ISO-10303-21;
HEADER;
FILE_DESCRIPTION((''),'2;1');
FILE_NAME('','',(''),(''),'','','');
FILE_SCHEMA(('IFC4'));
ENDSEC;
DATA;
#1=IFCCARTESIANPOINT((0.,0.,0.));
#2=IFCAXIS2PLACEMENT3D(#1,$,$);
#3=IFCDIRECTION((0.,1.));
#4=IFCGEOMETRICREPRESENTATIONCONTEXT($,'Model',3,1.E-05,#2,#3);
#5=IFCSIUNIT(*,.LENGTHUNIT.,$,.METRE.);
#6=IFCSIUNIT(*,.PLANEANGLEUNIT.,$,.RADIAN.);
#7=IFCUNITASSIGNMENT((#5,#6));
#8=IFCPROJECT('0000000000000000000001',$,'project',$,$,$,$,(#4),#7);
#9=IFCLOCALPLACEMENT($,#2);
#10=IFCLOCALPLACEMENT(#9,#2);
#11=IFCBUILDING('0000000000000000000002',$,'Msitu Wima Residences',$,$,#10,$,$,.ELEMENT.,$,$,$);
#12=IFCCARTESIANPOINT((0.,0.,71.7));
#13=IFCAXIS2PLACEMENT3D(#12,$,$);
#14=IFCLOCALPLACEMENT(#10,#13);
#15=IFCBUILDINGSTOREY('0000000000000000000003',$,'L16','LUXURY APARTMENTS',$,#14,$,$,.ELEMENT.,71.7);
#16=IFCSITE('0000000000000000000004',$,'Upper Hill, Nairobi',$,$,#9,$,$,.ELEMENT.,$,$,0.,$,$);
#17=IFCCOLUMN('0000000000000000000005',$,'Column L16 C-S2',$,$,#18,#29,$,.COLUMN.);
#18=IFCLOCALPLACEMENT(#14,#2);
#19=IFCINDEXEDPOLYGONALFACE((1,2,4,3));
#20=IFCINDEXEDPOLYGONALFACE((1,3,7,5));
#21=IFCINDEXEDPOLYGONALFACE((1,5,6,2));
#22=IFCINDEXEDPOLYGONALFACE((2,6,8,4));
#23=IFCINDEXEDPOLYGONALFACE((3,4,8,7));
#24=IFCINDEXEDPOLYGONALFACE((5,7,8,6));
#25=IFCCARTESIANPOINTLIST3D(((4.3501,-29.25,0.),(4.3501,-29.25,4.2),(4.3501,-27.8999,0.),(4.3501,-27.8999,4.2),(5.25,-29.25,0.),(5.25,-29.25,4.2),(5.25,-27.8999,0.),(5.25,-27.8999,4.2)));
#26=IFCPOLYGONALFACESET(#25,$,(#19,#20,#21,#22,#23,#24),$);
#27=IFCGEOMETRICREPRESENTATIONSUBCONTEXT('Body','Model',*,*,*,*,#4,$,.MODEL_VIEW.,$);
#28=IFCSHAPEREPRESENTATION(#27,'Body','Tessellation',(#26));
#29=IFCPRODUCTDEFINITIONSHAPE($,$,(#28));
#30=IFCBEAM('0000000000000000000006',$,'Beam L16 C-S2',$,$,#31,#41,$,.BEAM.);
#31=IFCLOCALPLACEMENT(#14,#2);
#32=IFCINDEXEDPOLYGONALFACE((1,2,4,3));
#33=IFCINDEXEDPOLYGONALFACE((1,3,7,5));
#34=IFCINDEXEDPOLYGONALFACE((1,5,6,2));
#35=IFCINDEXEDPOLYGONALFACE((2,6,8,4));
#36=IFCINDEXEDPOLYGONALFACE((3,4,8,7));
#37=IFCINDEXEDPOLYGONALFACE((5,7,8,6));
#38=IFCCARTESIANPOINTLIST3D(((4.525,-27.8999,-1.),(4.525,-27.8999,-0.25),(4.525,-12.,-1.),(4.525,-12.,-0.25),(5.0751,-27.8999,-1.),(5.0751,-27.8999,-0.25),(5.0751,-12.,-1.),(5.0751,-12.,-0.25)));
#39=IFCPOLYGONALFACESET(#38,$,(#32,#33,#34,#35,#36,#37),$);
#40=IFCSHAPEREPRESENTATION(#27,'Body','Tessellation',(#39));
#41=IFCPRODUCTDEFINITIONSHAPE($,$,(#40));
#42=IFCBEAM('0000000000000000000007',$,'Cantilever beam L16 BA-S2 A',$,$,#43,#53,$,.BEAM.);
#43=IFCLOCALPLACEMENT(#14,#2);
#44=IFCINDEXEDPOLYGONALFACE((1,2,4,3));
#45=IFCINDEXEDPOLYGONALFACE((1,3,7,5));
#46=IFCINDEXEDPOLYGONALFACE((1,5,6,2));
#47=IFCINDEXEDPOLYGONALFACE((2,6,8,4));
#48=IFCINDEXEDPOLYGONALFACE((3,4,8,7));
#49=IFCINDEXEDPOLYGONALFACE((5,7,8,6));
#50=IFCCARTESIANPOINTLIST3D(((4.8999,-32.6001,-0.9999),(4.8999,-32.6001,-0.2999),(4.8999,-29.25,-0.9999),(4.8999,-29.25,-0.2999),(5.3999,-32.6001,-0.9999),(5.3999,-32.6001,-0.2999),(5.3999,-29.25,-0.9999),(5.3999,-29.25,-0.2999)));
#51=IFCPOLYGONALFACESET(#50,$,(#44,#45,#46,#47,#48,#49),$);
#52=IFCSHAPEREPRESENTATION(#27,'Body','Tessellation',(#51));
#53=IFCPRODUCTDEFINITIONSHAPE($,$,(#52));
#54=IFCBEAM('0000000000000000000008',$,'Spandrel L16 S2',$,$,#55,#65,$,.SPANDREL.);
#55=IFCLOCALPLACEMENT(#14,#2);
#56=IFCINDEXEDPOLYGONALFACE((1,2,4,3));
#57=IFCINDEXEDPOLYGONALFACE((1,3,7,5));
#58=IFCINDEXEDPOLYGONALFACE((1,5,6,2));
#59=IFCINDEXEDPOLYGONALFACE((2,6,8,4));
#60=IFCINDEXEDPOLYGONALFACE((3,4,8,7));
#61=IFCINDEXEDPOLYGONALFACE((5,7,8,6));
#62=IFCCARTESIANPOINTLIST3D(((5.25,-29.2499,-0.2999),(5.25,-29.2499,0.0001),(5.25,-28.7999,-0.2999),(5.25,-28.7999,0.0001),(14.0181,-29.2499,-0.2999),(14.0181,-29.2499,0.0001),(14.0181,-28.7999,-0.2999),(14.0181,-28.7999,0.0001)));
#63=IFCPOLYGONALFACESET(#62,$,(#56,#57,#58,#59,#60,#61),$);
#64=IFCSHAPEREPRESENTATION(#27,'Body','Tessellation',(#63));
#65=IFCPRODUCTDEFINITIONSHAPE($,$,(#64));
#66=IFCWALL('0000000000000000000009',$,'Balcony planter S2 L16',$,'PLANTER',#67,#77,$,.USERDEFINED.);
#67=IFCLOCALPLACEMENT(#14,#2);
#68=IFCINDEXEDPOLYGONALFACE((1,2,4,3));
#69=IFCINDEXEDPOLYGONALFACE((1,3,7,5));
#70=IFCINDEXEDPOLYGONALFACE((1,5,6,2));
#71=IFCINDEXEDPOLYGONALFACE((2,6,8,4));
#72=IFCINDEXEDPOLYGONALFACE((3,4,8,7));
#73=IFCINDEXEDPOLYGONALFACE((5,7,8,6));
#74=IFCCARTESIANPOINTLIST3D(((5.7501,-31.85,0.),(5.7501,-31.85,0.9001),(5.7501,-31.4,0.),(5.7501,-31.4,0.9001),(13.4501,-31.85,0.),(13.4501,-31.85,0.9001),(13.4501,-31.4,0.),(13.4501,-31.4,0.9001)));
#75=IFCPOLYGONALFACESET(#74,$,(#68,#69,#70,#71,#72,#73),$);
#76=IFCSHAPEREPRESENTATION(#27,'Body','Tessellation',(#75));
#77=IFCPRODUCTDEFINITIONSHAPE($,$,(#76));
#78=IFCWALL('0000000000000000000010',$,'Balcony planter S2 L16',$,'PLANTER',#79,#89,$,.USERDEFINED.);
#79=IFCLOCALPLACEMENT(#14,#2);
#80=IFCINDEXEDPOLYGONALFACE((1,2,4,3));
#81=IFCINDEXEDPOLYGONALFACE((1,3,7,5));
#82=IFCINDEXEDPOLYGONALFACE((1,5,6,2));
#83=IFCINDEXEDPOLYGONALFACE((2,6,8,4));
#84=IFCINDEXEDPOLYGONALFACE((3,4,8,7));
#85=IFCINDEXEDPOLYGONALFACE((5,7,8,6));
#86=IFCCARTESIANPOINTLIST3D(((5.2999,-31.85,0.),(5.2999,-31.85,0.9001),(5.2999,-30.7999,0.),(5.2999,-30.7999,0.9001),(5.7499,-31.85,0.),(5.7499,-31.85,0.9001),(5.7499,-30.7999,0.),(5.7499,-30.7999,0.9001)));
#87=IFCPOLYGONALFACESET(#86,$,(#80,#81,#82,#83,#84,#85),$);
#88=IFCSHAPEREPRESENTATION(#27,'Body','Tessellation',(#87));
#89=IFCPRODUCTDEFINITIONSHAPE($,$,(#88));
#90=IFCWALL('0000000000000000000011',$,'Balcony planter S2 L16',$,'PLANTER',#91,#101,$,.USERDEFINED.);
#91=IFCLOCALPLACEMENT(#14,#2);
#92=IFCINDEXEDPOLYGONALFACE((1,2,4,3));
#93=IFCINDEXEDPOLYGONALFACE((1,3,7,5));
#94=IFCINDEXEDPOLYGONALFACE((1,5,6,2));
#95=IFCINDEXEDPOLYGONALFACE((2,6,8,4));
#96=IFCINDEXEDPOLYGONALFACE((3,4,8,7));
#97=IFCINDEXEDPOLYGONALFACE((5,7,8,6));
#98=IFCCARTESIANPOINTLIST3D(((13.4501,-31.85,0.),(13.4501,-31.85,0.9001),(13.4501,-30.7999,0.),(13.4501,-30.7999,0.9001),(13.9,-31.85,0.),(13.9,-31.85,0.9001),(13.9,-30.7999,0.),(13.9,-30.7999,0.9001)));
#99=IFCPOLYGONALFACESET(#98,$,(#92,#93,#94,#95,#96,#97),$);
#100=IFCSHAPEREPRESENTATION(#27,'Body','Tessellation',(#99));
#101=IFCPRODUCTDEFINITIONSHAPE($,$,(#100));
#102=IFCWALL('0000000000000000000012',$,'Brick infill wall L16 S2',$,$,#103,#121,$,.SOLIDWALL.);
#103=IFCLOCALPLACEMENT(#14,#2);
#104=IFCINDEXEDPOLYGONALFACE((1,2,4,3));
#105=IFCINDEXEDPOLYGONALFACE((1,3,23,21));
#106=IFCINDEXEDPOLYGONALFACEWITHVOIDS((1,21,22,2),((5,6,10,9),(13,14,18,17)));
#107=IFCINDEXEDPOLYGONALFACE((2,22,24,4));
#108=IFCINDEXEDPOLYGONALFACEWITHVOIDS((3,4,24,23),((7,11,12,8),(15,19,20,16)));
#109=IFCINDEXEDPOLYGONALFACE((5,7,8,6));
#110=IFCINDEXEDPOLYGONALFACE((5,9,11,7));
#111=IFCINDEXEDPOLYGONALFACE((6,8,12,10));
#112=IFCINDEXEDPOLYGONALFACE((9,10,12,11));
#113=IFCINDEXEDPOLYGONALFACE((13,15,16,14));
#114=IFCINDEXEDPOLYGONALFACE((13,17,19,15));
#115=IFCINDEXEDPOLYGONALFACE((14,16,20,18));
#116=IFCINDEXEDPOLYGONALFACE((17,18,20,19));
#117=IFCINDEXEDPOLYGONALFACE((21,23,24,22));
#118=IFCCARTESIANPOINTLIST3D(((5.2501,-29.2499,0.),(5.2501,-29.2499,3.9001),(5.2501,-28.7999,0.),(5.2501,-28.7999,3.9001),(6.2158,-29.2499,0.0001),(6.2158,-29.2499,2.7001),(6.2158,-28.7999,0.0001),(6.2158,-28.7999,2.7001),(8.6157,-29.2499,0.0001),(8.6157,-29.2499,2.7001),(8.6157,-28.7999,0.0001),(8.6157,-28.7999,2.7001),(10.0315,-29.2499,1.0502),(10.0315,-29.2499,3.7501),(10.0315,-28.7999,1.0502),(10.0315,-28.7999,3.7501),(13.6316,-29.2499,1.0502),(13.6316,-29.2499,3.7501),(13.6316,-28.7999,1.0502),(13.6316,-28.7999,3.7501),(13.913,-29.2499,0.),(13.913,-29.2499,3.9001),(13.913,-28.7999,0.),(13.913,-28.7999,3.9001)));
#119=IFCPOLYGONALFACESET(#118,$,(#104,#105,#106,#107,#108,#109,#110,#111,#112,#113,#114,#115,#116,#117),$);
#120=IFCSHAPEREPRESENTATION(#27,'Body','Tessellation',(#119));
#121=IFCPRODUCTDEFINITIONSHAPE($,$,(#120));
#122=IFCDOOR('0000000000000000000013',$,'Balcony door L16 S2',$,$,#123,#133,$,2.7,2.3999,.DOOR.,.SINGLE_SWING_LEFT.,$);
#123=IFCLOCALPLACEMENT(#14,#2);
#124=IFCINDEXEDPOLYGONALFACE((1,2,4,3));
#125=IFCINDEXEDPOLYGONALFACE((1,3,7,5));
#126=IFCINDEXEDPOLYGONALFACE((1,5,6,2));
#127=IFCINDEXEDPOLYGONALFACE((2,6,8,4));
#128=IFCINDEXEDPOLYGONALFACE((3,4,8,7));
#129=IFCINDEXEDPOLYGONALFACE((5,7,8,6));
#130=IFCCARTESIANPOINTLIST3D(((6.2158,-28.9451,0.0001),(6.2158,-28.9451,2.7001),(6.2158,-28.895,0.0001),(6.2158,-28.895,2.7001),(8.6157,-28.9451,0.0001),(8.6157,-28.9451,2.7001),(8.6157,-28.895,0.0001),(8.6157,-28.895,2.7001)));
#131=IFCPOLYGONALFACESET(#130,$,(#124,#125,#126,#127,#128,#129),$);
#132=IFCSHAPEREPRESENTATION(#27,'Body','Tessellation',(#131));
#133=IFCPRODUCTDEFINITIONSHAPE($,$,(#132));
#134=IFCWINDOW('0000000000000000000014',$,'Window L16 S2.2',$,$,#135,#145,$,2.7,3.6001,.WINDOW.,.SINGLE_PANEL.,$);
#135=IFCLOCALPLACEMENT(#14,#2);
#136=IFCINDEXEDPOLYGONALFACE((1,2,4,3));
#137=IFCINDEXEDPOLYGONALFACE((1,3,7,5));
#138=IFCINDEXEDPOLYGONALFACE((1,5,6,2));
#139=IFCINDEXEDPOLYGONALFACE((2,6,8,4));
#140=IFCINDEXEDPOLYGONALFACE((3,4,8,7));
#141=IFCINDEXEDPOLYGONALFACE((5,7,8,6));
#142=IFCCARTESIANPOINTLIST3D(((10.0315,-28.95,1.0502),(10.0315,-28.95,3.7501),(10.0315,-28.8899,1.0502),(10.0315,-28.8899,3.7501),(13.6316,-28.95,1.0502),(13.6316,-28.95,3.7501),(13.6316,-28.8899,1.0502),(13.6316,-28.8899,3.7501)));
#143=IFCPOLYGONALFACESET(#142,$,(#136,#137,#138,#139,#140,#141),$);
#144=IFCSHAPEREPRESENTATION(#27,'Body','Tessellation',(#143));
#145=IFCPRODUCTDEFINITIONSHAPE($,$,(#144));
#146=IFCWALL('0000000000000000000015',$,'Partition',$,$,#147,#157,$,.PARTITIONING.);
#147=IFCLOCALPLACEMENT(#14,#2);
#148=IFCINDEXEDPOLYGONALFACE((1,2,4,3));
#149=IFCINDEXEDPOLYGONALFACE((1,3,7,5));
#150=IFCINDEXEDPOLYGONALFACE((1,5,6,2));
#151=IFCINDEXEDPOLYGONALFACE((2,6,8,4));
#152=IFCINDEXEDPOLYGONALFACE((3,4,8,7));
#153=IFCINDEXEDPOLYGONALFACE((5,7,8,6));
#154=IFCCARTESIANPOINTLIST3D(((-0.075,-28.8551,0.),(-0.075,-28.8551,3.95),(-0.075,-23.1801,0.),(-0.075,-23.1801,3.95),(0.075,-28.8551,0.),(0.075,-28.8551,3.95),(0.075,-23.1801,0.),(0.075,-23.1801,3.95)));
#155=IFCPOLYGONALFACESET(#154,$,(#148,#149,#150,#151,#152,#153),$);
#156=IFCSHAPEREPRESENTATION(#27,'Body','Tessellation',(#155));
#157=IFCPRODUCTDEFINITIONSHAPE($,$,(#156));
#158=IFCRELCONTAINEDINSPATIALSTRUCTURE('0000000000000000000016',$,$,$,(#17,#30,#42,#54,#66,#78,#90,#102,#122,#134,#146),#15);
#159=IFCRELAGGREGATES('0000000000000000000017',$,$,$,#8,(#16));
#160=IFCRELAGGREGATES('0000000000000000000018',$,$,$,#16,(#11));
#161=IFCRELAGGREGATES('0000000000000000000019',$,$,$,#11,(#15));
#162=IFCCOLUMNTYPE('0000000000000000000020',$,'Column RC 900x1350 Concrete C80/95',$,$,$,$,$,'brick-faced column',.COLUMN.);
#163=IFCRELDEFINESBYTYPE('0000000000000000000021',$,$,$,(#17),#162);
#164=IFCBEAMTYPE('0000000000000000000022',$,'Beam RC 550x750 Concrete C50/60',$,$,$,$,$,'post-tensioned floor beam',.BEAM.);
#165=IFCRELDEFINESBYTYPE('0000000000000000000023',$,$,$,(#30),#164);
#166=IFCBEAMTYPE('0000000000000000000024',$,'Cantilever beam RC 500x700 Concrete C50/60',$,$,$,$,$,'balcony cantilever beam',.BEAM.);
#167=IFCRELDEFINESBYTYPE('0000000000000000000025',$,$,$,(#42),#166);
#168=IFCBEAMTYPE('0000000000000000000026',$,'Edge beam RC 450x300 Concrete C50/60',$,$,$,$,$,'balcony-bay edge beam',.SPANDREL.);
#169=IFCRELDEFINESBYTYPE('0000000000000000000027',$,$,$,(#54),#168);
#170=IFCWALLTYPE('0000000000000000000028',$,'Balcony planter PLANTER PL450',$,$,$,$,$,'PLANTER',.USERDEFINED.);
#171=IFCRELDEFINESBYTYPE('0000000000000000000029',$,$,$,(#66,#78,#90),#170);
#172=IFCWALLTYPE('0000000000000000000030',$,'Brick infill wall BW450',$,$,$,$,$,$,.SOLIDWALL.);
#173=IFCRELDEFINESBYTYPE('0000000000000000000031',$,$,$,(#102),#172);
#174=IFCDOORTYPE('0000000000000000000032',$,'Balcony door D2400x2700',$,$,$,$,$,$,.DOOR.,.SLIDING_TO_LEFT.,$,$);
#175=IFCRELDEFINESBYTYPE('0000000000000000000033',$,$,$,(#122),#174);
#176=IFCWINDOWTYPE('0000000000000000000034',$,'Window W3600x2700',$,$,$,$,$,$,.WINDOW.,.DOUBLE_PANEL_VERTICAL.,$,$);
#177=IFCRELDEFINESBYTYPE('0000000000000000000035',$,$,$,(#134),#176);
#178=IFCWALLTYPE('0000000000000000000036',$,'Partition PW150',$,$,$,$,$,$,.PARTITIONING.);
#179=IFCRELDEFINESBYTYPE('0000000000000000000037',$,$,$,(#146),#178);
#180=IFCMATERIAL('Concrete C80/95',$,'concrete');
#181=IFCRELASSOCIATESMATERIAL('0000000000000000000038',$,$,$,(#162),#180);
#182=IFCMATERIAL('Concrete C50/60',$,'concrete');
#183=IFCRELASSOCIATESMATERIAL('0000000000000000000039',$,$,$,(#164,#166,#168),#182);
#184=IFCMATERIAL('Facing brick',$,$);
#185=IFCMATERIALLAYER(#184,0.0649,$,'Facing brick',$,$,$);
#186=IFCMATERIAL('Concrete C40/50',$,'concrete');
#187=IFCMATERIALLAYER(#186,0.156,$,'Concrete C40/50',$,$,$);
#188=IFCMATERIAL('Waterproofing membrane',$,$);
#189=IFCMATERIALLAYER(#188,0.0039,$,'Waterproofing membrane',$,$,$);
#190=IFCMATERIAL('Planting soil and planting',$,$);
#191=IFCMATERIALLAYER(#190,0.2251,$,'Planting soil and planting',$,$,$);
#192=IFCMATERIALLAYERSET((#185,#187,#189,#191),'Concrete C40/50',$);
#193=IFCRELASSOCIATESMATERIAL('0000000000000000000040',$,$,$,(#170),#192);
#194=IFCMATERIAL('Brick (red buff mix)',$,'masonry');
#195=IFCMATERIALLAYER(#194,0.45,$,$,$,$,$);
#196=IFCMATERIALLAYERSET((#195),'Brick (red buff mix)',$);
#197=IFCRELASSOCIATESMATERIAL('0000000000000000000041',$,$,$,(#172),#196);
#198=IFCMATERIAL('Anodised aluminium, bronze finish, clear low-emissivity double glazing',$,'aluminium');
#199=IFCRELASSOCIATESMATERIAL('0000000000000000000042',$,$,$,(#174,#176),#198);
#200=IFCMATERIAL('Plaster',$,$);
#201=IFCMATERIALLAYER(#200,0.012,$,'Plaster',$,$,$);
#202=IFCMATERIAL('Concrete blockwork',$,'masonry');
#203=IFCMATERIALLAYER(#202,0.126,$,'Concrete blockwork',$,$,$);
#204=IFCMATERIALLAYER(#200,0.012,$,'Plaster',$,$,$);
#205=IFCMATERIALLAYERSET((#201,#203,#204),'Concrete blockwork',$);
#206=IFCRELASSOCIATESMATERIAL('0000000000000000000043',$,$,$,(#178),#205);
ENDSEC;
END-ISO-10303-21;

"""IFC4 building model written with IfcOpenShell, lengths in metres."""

from ifc_helpers import new_model, si_unit, direction, frame, frame_2d, origin, origin_2d, place, context, subcontext, project, spatial, rectangle, extrude, material, layer, layer_set, material_profile, profile_set, type_object, element, fill, save


model = new_model("IFC4")

# Units and contexts
model_context = context("Model", 3, precision=1e-05, world=origin(), true_north=direction((0.0, 1.0)))
body_context = subcontext(model_context, "Body", "Model", "MODEL_VIEW")
ifc_project = project(units=[si_unit("LENGTHUNIT", "METRE"), si_unit("PLANEANGLEUNIT", "RADIAN")], contexts=[model_context])

# Site, building, storey
site_placement = place(None, origin())
site = spatial("IfcSite", under=ifc_project, at=site_placement, Name="Upper Hill, Nairobi", CompositionType="ELEMENT", RefElevation=0.0)
building_placement = place(site_placement, origin())
building = spatial("IfcBuilding", under=site, at=building_placement, Name="Msitu Wima Residences", CompositionType="ELEMENT")
storey_placement = place(building_placement, frame((0.0, 0.0, 71.7)))
storey = spatial("IfcBuildingStorey", under=building, at=storey_placement, Name="L16", Description="LUXURY APARTMENTS", CompositionType="ELEMENT", Elevation=71.7)

# Column
ifc_material_1 = material(Name="Concrete C80/95", Category="concrete")
ifc_material_profile_1 = material_profile(ifc_material_1, rectangle(XDim=0.8999, YDim=1.3501, at=origin_2d()), Name="RC 900x1350")
ifc_profile_set_1 = profile_set([ifc_material_profile_1], Name="Concrete C80/95")
column_type = type_object("IfcColumnType", Name="Column RC 900x1350 Concrete C80/95", ElementType="brick-faced column", PredefinedType="COLUMN", material=ifc_profile_set_1)
column_placement = place(storey_placement, frame((4.8, -28.575, 0.0), z_axis=(0.0, 0.0, 1.0), x_axis=(1.0, 0.0, 0.0)))
element("IfcColumn", 1, at=column_placement, inside=storey, type_object=column_type, Name="Column L16 C-S2", PredefinedType="COLUMN", context=body_context, shape_type="SweptSolid", body=[
    extrude(rectangle(XDim=0.8999, YDim=1.3501, at=origin_2d()), origin(), (0.0, 0.0, 1.0), 4.2),
])

# Beams
ifc_material_2 = material(Name="Concrete C50/60", Category="concrete")
ifc_material_profile_2 = material_profile(ifc_material_2, rectangle(XDim=0.55, YDim=0.75, at=origin_2d()), Name="RC 550x750")
ifc_profile_set_2 = profile_set([ifc_material_profile_2], Name="Concrete C50/60")
beam_type_1 = type_object("IfcBeamType", Name="Beam RC 550x750 Concrete C50/60", ElementType="post-tensioned floor beam", PredefinedType="BEAM", material=ifc_profile_set_2)
beam_1_placement = place(storey_placement, frame((4.8, -27.8999, -0.625), z_axis=(0.0, 1.0, 0.0), x_axis=(-1.0, 0.0, 0.0)))
element("IfcBeam", 2, at=beam_1_placement, inside=storey, type_object=beam_type_1, Name="Beam L16 C-S2", PredefinedType="BEAM", context=body_context, shape_type="SweptSolid", body=[
    extrude(rectangle(XDim=0.55, YDim=0.75, at=origin_2d()), origin(), (0.0, 0.0, 1.0), 15.8999),
])
ifc_material_profile_3 = material_profile(ifc_material_2, rectangle(XDim=0.5, YDim=0.7, at=origin_2d()), Name="RC 500x700")
ifc_profile_set_3 = profile_set([ifc_material_profile_3], Name="Concrete C50/60")
beam_type_2 = type_object("IfcBeamType", Name="Cantilever beam RC 500x700 Concrete C50/60", ElementType="balcony cantilever beam", PredefinedType="BEAM", material=ifc_profile_set_3)
beam_2_placement = place(storey_placement, frame((5.1499, -29.25, -0.6499), z_axis=(0.0, -1.0, 0.0), x_axis=(1.0, 0.0, 0.0)))
element("IfcBeam", 3, at=beam_2_placement, inside=storey, type_object=beam_type_2, Name="Cantilever beam L16 BA-S2 A", PredefinedType="BEAM", context=body_context, shape_type="SweptSolid", body=[
    extrude(rectangle(XDim=0.5, YDim=0.7, at=origin_2d()), origin(), (0.0, 0.0, 1.0), 3.3501),
])
ifc_material_profile_4 = material_profile(ifc_material_2, rectangle(XDim=0.45, YDim=0.3, at=origin_2d()), Name="RC 450x300")
ifc_profile_set_4 = profile_set([ifc_material_profile_4], Name="Concrete C50/60")
beam_type_3 = type_object("IfcBeamType", Name="Edge beam RC 450x300 Concrete C50/60", ElementType="balcony-bay edge beam", PredefinedType="SPANDREL", material=ifc_profile_set_4)
beam_3_placement = place(storey_placement, frame((5.25, -29.0249, -0.1499), z_axis=(1.0, 0.0, 0.0), x_axis=(0.0, 1.0, 0.0)))
element("IfcBeam", 4, at=beam_3_placement, inside=storey, type_object=beam_type_3, Name="Spandrel L16 S2", PredefinedType="SPANDREL", context=body_context, shape_type="SweptSolid", body=[
    extrude(rectangle(XDim=0.45, YDim=0.3, at=origin_2d()), origin(), (0.0, 0.0, 1.0), 8.7681),
])

# Walls
ifc_material_3 = material(Name="Facing brick")
ifc_layer_1 = layer(ifc_material_3, 0.0649, Name="Facing brick")
ifc_material_4 = material(Name="Concrete C40/50", Category="concrete")
ifc_layer_2 = layer(ifc_material_4, 0.156, Name="Concrete C40/50")
ifc_material_5 = material(Name="Waterproofing membrane")
ifc_layer_3 = layer(ifc_material_5, 0.0039, Name="Waterproofing membrane")
ifc_material_6 = material(Name="Planting soil and planting")
ifc_layer_4 = layer(ifc_material_6, 0.2251, Name="Planting soil and planting")
ifc_layer_set_1 = layer_set([ifc_layer_1, ifc_layer_2, ifc_layer_3, ifc_layer_4], Name="Concrete C40/50")
wall_type_1 = type_object("IfcWallType", Name="Balcony planter PLANTER PL450", ElementType="PLANTER", PredefinedType="USERDEFINED", material=ifc_layer_set_1)
wall_1_placement = place(storey_placement, frame((5.75, -31.625, 0.0), z_axis=(0.0, 0.0, 1.0), x_axis=(1.0, 0.0, 0.0)))
element("IfcWall", 5, at=wall_1_placement, inside=storey, type_object=wall_type_1, Name="Balcony planter S2 L16", ObjectType="PLANTER", PredefinedType="USERDEFINED", context=body_context, shape_type="SweptSolid", body=[
    extrude(rectangle(XDim=7.7, YDim=0.45, at=frame_2d((3.8501, 0.0))), origin(), (0.0, 0.0, 1.0), 0.9001),
])
for number, where, z_axis, x_axis, name in (
    (6, (5.5249, -30.8, 0.0), (0.0, 0.0, 1.0), (0.0, -1.0, 0.0), "Balcony planter S2 L16"),
    (7, (13.675, -30.8, 0.0), (0.0, 0.0, 1.0), (0.0, -1.0, 0.0), "Balcony planter S2 L16"),
):
    element("IfcWall", number, at=place(storey_placement, frame(where, z_axis=z_axis, x_axis=x_axis)), inside=storey, type_object=wall_type_1, Name=name, ObjectType="PLANTER", PredefinedType="USERDEFINED", context=body_context, shape_type="SweptSolid", body=[
        extrude(rectangle(XDim=1.05, YDim=0.45, at=frame_2d((0.5249, 0.0))), origin(), (0.0, 0.0, 1.0), 0.9001),
    ])

# Wall, openings, door, window
ifc_material_7 = material(Name="Brick (red buff mix)", Category="masonry")
ifc_layer_5 = layer(ifc_material_7, 0.45)
ifc_layer_set_2 = layer_set([ifc_layer_5], Name="Brick (red buff mix)")
wall_type_2 = type_object("IfcWallType", Name="Brick infill wall BW450", PredefinedType="SOLIDWALL", material=ifc_layer_set_2)
wall_2_placement = place(storey_placement, frame((5.25, -29.0249, 0.0), z_axis=(0.0, 0.0, 1.0), x_axis=(1.0, 0.0, 0.0)))
wall_2 = element("IfcWall", 8, at=wall_2_placement, inside=storey, type_object=wall_type_2, Name="Brick infill wall L16 S2", PredefinedType="SOLIDWALL", context=body_context, shape_type="SweptSolid", body=[
    extrude(rectangle(XDim=8.6628, YDim=0.45, at=frame_2d((4.3315, 0.0))), origin(), (0.0, 0.0, 1.0), 3.9001),
])
opening_1_placement = place(wall_2_placement, frame((0.9658, 0.0, 0.0)))
opening_1 = element("IfcOpeningElement", 9, at=opening_1_placement, cuts=wall_2, PredefinedType="OPENING", context=body_context, shape_type="SweptSolid", body=[
    extrude(rectangle(XDim=2.3999, YDim=2.7, at=frame_2d((1.2, 1.3501))), frame((0.0, 0.2349, 0.0), z_axis=(0.0, -1.0, 0.0), x_axis=(1.0, 0.0, 0.0)), (0.0, 0.0, 1.0), 0.47),
])
opening_2_placement = place(wall_2_placement, frame((4.7815, 0.0, 1.05)))
opening_2 = element("IfcOpeningElement", 10, at=opening_2_placement, cuts=wall_2, PredefinedType="OPENING", context=body_context, shape_type="SweptSolid", body=[
    extrude(rectangle(XDim=3.6001, YDim=2.7, at=frame_2d((1.8, 1.3501))), frame((0.0, 0.2349, 0.0), z_axis=(0.0, -1.0, 0.0), x_axis=(1.0, 0.0, 0.0)), (0.0, 0.0, 1.0), 0.47),
])
ifc_material_8 = material(Name="Anodised aluminium, bronze finish, clear low-emissivity double glazing", Category="aluminium")
door_type_1 = type_object("IfcDoorType", Name="Balcony door D2400x2700", OperationType="SLIDING_TO_LEFT", PredefinedType="DOOR", material=ifc_material_8)
door_1_placement = place(opening_1_placement, origin())
door_1 = element("IfcDoor", 11, at=door_1_placement, inside=storey, type_object=door_type_1, Name="Balcony door L16 S2", OperationType="SINGLE_SWING_LEFT", OverallHeight=2.7, OverallWidth=2.3999, PredefinedType="DOOR", context=body_context, shape_type="SweptSolid", body=[
    extrude(rectangle(XDim=2.3999, YDim=2.7, at=frame_2d((1.2, 1.3501))), frame((0.0, 0.1299, 0.0), z_axis=(0.0, -1.0, 0.0), x_axis=(1.0, 0.0, 0.0)), (0.0, 0.0, 1.0), 0.05),
])
fill(opening_1, door_1)
window_type = type_object("IfcWindowType", Name="Window W3600x2700", PartitioningType="DOUBLE_PANEL_VERTICAL", PredefinedType="WINDOW", material=ifc_material_8)
window_placement = place(opening_2_placement, origin())
window = element("IfcWindow", 12, at=window_placement, inside=storey, type_object=window_type, Name="Window L16 S2.2", OverallHeight=2.7, OverallWidth=3.6001, PartitioningType="SINGLE_PANEL", PredefinedType="WINDOW", context=body_context, shape_type="SweptSolid", body=[
    extrude(rectangle(XDim=3.6001, YDim=2.7, at=frame_2d((1.8, 1.3501))), frame((0.0, 0.135, 0.0), z_axis=(0.0, -1.0, 0.0), x_axis=(1.0, 0.0, 0.0)), (0.0, 0.0, 1.0), 0.0601),
])
fill(opening_2, window)

# Wall
ifc_material_9 = material(Name="Plaster")
ifc_layer_6 = layer(ifc_material_9, 0.012, Name="Plaster")
ifc_material_10 = material(Name="Concrete blockwork", Category="masonry")
ifc_layer_7 = layer(ifc_material_10, 0.126, Name="Concrete blockwork")
ifc_layer_8 = layer(ifc_material_9, 0.012, Name="Plaster")
ifc_layer_set_3 = layer_set([ifc_layer_6, ifc_layer_7, ifc_layer_8], Name="Concrete blockwork")
wall_type_3 = type_object("IfcWallType", Name="Partition PW150", PredefinedType="PARTITIONING", material=ifc_layer_set_3)
wall_3_placement = place(storey_placement, frame((0.0, -28.855, 0.0), z_axis=(0.0, 0.0, 1.0), x_axis=(0.0, 1.0, 0.0)))
element("IfcWall", 13, at=wall_3_placement, inside=storey, type_object=wall_type_3, Name="Partition", PredefinedType="PARTITIONING", context=body_context, shape_type="SweptSolid", body=[
    extrude(rectangle(XDim=5.675, YDim=0.1499, at=frame_2d((2.8374, 0.0))), origin(), (0.0, 0.0, 1.0), 3.95),
])

save(model, "model.ifc")
